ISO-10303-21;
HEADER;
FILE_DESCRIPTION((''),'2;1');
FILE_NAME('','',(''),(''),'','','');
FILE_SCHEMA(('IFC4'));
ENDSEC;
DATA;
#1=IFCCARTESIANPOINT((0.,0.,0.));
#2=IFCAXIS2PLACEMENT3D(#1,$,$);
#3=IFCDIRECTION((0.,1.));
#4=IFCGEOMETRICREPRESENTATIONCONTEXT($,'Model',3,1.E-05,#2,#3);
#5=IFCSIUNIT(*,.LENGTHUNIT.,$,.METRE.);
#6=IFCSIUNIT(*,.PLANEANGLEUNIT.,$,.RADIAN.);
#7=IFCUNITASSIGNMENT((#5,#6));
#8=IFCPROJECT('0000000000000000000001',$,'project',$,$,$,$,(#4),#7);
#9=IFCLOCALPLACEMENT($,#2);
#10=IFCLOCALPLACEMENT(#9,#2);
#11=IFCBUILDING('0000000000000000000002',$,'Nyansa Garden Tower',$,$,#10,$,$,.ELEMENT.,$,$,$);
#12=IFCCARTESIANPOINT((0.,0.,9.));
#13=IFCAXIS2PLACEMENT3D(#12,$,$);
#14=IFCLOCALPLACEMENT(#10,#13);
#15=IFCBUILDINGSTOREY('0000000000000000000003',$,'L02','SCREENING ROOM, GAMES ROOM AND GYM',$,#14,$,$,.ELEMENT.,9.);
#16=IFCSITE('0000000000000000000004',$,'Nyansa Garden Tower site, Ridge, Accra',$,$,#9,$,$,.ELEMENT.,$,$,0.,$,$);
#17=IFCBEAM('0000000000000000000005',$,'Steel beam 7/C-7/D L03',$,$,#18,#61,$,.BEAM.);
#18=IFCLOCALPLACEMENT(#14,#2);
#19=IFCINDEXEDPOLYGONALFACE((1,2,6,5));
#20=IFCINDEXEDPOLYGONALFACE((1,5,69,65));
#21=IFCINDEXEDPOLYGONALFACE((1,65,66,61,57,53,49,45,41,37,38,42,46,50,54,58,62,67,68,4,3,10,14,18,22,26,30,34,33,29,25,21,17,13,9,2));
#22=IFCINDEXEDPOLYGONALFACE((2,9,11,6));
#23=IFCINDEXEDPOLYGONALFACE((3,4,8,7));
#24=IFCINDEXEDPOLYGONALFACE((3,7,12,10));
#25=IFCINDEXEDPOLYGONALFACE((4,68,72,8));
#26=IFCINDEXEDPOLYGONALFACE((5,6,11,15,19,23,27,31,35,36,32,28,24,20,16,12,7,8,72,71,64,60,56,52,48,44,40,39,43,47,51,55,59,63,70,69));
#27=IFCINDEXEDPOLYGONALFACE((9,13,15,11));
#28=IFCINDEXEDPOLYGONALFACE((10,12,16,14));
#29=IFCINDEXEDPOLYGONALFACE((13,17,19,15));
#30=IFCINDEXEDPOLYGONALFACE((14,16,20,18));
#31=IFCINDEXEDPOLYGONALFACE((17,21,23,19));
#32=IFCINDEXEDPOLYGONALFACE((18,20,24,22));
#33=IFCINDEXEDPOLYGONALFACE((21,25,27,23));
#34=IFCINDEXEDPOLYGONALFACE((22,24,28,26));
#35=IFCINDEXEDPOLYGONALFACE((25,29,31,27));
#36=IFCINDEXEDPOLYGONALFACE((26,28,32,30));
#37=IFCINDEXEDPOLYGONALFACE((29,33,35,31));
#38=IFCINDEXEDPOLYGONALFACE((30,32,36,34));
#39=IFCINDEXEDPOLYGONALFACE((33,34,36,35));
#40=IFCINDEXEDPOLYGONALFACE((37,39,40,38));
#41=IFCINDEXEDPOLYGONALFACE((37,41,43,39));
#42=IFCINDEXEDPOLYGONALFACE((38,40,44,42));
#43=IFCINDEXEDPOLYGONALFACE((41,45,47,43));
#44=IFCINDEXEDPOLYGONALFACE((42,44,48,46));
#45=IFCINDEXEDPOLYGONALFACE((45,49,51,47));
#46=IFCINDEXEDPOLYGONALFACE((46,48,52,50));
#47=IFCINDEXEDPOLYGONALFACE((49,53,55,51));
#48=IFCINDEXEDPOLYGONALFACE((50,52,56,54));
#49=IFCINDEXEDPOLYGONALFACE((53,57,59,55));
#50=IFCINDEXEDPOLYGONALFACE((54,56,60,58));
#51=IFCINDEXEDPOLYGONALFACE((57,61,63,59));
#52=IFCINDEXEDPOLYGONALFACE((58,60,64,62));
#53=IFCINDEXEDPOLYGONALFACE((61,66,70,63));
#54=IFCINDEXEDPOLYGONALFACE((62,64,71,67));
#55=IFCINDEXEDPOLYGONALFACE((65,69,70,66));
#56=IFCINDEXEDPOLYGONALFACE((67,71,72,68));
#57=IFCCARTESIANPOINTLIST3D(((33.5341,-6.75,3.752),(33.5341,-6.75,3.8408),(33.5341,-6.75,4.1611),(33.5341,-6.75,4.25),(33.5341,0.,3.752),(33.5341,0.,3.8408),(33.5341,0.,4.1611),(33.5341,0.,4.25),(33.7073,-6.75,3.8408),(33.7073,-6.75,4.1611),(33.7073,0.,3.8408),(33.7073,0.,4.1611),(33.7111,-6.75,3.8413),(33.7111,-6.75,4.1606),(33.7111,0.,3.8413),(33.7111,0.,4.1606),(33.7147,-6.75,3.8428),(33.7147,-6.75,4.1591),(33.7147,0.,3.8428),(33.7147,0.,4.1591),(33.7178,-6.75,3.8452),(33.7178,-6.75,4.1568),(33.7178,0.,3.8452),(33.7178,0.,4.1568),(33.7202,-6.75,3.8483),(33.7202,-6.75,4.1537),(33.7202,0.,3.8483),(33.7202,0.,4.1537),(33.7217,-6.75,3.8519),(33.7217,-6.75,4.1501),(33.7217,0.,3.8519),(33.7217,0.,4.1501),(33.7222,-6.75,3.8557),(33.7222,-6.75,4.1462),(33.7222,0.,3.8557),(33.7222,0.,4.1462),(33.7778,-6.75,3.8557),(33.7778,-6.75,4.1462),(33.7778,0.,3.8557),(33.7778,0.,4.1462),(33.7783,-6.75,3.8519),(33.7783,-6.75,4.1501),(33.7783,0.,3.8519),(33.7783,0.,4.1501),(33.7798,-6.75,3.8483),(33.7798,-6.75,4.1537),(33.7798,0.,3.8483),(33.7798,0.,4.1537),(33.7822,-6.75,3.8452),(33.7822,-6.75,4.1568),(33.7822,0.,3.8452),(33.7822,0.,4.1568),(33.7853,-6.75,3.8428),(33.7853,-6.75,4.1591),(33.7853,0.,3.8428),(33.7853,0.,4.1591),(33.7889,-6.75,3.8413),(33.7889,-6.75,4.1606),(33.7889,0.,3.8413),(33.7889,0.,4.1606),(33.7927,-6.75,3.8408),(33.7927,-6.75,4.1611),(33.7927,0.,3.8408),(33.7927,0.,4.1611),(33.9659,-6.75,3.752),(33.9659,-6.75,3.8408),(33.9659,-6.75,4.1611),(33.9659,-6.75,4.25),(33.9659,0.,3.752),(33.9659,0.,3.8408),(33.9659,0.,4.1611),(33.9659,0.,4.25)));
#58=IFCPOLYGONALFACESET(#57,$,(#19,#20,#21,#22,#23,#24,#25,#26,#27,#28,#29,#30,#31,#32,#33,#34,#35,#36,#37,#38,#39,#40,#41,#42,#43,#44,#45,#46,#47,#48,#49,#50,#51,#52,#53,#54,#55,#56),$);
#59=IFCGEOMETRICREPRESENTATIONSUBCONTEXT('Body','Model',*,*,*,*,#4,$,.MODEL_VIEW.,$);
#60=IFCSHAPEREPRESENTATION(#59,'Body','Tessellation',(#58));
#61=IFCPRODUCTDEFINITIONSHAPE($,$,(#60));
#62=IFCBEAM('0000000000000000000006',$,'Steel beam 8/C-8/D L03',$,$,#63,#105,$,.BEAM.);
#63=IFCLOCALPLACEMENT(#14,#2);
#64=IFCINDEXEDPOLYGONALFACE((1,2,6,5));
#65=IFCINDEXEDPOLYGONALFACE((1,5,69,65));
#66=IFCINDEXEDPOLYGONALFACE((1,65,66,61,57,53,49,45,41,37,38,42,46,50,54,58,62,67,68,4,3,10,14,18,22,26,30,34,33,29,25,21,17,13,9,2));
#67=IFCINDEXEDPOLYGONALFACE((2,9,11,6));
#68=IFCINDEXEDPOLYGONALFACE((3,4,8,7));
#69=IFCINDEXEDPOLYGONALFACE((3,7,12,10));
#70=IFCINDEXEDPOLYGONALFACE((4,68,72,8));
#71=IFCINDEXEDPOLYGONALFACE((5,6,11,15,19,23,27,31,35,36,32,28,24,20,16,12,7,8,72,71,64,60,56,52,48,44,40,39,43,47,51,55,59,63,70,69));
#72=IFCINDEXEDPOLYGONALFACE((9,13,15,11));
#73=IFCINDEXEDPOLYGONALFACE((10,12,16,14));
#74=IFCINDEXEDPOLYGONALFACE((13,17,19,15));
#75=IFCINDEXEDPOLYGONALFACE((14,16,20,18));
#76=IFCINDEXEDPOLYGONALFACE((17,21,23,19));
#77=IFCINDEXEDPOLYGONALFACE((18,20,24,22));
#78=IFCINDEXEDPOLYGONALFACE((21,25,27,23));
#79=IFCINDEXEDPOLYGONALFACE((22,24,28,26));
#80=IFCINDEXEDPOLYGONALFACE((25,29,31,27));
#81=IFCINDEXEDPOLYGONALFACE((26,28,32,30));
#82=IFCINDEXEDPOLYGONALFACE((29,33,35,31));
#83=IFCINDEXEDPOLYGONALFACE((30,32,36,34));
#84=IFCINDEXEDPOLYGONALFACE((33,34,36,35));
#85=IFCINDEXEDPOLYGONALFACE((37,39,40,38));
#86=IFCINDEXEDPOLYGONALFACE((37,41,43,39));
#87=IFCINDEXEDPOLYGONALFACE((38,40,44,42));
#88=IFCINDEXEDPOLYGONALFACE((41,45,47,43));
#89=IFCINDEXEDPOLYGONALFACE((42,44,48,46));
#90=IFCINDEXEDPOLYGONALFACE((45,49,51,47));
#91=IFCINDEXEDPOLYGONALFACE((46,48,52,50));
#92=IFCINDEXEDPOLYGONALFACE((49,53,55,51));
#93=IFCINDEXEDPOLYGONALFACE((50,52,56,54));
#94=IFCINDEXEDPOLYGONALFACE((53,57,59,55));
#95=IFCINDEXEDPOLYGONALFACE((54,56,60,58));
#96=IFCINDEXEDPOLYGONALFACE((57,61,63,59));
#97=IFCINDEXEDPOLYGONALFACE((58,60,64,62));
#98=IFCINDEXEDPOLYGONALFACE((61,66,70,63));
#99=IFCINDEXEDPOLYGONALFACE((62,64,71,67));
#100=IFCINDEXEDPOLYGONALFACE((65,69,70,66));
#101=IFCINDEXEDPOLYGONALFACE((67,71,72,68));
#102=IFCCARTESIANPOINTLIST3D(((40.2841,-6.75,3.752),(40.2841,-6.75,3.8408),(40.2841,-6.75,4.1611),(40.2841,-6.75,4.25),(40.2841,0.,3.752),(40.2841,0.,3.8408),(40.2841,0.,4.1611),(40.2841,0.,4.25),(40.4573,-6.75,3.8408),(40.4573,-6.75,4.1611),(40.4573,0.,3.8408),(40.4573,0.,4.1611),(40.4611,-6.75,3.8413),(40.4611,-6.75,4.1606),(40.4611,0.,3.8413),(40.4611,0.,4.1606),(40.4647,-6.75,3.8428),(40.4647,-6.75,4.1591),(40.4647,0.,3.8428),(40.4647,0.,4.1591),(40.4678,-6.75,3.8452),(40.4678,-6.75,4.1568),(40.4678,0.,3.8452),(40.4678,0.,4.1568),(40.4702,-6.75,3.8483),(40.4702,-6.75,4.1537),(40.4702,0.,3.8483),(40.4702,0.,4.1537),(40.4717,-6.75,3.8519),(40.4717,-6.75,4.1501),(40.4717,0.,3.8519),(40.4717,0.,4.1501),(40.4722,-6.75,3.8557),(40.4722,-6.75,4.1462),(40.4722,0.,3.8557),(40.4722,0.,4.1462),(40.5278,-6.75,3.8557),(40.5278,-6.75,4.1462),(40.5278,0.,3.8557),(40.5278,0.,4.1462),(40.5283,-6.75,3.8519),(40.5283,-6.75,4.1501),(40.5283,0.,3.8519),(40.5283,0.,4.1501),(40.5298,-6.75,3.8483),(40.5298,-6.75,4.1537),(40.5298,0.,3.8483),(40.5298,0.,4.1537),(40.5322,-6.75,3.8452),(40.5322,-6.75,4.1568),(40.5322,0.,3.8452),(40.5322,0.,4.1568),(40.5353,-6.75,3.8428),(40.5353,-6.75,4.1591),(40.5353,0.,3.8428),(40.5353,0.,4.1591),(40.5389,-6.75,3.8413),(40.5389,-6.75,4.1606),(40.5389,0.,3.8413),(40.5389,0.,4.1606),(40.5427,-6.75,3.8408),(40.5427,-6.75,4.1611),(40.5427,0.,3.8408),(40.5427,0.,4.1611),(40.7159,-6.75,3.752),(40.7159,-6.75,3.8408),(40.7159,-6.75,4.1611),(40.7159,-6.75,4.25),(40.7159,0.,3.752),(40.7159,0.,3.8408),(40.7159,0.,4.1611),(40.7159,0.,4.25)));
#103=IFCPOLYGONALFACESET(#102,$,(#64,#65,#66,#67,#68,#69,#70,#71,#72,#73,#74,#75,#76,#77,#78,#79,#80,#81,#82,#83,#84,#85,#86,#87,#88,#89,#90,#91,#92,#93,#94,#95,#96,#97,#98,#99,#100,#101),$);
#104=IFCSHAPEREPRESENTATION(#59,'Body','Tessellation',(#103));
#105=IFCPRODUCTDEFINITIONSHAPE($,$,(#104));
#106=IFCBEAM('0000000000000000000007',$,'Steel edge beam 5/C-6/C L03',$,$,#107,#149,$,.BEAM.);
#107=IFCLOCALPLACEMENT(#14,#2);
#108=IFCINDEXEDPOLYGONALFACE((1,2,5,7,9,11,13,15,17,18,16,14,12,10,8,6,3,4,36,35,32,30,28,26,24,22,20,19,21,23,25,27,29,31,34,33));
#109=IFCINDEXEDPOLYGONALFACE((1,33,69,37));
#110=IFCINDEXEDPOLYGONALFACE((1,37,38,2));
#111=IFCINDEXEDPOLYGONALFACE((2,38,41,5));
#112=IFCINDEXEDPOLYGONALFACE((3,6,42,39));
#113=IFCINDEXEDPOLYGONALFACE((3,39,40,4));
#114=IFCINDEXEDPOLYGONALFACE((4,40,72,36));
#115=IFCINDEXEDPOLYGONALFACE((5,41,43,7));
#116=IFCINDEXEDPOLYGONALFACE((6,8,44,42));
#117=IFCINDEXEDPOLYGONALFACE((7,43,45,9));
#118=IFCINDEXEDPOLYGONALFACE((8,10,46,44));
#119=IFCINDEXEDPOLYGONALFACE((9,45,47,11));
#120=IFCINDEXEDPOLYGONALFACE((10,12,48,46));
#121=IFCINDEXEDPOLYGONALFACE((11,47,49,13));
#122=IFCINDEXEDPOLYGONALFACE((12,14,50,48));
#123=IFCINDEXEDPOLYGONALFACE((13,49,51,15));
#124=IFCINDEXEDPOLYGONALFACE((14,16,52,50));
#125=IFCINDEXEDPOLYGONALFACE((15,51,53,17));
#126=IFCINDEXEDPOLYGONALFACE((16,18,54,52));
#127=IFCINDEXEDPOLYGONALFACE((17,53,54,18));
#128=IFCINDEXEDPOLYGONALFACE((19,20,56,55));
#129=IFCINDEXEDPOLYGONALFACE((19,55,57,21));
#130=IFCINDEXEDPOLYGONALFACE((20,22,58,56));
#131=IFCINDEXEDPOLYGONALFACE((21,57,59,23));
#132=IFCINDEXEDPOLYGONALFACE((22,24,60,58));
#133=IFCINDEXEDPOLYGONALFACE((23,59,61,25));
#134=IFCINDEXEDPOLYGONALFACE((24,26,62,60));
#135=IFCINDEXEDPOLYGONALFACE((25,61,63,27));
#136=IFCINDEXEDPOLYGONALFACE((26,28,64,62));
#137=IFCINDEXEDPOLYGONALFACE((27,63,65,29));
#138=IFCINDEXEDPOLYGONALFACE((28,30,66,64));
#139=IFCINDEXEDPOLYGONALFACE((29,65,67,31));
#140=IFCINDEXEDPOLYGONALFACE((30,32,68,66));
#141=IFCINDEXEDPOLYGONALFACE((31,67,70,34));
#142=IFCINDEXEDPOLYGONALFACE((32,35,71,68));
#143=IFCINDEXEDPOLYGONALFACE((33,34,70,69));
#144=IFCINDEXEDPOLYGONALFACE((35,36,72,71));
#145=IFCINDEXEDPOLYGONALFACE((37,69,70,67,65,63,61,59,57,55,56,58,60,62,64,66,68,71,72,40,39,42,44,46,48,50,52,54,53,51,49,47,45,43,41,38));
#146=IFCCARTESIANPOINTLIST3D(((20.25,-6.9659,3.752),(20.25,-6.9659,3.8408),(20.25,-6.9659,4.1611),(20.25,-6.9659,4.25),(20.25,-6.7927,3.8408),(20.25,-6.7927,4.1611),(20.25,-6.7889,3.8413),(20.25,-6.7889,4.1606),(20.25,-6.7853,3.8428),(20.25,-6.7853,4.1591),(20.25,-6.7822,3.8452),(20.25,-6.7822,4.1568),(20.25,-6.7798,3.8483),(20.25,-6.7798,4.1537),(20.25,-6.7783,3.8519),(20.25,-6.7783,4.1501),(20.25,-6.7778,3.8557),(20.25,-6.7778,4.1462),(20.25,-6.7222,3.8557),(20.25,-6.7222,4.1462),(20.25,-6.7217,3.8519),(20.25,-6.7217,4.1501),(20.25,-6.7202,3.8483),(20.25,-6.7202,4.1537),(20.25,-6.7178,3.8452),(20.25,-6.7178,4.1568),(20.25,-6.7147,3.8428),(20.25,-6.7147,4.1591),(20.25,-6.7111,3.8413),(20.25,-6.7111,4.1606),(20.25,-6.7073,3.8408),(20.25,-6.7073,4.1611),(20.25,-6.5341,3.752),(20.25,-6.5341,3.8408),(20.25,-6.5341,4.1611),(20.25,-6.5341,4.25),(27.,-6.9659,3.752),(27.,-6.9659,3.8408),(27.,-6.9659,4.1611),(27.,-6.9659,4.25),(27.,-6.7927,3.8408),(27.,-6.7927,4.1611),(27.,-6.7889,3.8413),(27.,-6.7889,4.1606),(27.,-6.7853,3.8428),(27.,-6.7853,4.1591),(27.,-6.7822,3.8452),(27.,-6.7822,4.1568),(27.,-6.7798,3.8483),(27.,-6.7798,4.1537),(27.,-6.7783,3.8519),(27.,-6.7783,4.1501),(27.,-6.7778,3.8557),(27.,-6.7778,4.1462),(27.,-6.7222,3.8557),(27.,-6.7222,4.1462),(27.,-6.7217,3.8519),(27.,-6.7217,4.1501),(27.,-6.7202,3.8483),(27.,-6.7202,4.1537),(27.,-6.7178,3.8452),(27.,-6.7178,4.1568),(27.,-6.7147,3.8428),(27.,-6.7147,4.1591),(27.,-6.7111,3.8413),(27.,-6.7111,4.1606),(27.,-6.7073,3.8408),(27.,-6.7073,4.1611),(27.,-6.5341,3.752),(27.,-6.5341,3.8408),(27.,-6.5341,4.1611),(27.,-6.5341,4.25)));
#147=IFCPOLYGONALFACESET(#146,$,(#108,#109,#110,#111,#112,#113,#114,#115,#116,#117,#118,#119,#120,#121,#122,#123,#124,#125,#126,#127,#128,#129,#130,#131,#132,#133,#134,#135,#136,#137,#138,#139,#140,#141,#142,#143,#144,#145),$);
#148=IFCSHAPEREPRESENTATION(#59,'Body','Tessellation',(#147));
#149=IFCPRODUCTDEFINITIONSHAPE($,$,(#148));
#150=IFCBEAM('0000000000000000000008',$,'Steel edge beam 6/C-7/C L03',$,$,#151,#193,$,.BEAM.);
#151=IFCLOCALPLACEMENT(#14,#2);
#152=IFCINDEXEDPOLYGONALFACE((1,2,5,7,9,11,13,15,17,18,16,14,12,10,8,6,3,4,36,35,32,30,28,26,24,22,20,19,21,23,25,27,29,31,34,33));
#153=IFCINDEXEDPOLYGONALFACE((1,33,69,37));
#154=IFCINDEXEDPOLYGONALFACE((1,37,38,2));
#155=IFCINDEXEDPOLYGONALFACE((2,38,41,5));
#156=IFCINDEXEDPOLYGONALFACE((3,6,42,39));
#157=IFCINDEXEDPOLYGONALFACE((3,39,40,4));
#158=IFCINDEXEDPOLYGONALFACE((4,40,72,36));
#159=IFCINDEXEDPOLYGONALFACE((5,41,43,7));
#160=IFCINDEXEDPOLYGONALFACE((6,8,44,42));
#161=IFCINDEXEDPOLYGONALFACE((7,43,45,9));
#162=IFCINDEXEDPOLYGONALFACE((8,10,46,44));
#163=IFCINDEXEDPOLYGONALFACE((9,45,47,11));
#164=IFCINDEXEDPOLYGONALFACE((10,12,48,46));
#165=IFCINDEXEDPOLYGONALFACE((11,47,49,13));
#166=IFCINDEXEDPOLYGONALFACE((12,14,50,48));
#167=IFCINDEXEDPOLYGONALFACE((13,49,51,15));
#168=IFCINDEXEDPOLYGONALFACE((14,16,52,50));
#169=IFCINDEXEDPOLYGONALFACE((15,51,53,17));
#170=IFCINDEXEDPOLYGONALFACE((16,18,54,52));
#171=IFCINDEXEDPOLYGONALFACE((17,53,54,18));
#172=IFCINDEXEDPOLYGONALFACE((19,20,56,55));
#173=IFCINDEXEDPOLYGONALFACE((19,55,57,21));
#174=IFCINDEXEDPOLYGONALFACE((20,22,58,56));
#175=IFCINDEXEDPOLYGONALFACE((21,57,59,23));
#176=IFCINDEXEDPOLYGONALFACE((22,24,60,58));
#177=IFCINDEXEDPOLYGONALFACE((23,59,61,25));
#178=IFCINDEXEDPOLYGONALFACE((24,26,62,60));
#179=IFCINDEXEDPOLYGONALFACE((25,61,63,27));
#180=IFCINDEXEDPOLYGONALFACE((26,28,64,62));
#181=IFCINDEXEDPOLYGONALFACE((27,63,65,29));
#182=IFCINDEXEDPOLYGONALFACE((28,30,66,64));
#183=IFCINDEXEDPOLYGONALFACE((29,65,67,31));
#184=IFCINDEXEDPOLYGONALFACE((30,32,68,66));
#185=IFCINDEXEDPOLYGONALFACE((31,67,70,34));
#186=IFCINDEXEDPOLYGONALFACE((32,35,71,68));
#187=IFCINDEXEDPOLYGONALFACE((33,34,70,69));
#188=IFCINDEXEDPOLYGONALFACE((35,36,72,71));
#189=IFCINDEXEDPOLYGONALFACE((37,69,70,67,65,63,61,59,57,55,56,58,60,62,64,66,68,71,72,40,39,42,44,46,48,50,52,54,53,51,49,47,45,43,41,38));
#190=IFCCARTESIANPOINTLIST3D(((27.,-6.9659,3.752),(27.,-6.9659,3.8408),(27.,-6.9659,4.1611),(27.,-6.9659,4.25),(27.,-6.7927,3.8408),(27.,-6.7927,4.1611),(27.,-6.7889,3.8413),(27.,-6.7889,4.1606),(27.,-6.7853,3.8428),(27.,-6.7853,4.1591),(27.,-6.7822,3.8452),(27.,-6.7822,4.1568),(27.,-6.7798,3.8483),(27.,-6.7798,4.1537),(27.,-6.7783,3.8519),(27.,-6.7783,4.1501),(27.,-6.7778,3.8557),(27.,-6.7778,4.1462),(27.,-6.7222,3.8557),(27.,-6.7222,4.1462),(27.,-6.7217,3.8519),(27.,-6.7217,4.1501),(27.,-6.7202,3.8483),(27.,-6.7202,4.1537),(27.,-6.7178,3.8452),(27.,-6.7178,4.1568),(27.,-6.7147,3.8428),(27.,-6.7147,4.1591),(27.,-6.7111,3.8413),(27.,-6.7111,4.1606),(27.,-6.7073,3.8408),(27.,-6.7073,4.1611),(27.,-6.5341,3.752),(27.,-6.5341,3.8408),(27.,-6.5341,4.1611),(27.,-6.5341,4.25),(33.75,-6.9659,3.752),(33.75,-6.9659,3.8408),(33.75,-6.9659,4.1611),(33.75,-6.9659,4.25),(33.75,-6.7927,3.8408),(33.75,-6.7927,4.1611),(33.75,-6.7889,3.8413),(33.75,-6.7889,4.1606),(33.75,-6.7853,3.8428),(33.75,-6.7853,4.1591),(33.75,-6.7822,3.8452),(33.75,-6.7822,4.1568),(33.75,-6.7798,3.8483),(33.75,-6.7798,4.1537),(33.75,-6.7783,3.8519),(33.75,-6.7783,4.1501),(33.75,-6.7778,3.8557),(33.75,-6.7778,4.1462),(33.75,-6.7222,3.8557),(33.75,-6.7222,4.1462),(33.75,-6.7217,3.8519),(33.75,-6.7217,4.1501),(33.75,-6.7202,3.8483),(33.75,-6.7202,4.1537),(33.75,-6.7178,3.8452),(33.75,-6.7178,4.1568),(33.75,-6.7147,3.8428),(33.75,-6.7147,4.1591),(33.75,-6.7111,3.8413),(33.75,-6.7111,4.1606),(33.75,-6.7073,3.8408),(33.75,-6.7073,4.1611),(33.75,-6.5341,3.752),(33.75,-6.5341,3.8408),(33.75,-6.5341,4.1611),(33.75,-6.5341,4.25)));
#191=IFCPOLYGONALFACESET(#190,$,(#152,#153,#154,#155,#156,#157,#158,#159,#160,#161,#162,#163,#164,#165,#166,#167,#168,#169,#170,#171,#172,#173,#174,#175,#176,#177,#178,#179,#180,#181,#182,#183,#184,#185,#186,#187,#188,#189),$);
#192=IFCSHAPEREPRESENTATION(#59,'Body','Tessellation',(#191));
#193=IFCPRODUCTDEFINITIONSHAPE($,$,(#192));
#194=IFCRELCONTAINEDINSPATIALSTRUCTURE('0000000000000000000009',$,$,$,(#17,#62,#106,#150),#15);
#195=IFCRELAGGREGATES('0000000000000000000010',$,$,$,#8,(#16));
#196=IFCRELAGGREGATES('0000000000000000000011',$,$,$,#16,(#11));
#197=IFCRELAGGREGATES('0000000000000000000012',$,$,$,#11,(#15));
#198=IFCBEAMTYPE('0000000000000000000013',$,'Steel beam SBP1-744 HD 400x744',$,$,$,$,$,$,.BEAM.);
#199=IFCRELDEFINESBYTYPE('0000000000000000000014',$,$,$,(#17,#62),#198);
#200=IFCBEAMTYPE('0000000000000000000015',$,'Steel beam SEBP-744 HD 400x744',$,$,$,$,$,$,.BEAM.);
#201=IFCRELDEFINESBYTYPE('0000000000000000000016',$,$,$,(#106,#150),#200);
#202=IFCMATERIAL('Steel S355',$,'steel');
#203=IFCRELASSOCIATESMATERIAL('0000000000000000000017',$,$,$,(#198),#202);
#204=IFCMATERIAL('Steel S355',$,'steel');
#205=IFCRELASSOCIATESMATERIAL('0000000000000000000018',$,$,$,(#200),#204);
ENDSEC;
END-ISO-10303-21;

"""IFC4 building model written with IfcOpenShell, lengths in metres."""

from ifc_helpers import new_model, si_unit, direction, frame, origin, origin_2d, place, context, subcontext, project, spatial, i_section, extrude, material, material_profile, profile_set, type_object, element, save


model = new_model("IFC4")

# Units and contexts
model_context = context("Model", 3, precision=1e-05, world=origin(), true_north=direction((0.0, 1.0)))
body_context = subcontext(model_context, "Body", "Model", "MODEL_VIEW")
ifc_project = project(units=[si_unit("LENGTHUNIT", "METRE"), si_unit("PLANEANGLEUNIT", "RADIAN")], contexts=[model_context])

# Site, building, storey
site_placement = place(None, origin())
site = spatial("IfcSite", under=ifc_project, at=site_placement, Name="Nyansa Garden Tower site, Ridge, Accra", CompositionType="ELEMENT", RefElevation=0.0)
building_placement = place(site_placement, origin())
building = spatial("IfcBuilding", under=site, at=building_placement, Name="Nyansa Garden Tower", CompositionType="ELEMENT")
storey_placement = place(building_placement, frame((0.0, 0.0, 9.0)))
storey = spatial("IfcBuildingStorey", under=building, at=storey_placement, Name="L02", Description="SCREENING ROOM, GAMES ROOM AND GYM", CompositionType="ELEMENT", Elevation=9.0)

# Beams
ifc_material_1 = material(Name="Steel S355", Category="steel")
ifc_material_profile_1 = material_profile(ifc_material_1, i_section(OverallWidth=0.4319, OverallDepth=0.498, WebThickness=0.0557, FlangeThickness=0.0889, FilletRadius=0.0149, at=origin_2d()), Name="HD 400x744")
ifc_profile_set_1 = profile_set([ifc_material_profile_1], Name="Steel S355")
beam_type_1 = type_object("IfcBeamType", Name="Steel beam SBP1-744 HD 400x744", PredefinedType="BEAM", material=ifc_profile_set_1)
for number, where, z_axis, x_axis, name in (
    (1, (33.75, -6.75, 4.001), (0.0, 1.0, 0.0), (-1.0, 0.0, 0.0), "Steel beam 7/C-7/D L03"),
    (2, (40.5, -6.75, 4.001), (0.0, 1.0, 0.0), (-1.0, 0.0, 0.0), "Steel beam 8/C-8/D L03"),
):
    element("IfcBeam", number, at=place(storey_placement, frame(where, z_axis=z_axis, x_axis=x_axis)), inside=storey, type_object=beam_type_1, Name=name, PredefinedType="BEAM", context=body_context, shape_type="SweptSolid", body=[
        extrude(i_section(OverallWidth=0.4319, OverallDepth=0.498, WebThickness=0.0557, FlangeThickness=0.0889, FilletRadius=0.0149, at=origin_2d()), origin(), (0.0, 0.0, 1.0), 6.75),
    ])
ifc_material_2 = material(Name="Steel S355", Category="steel")
ifc_material_profile_2 = material_profile(ifc_material_2, i_section(OverallWidth=0.4319, OverallDepth=0.498, WebThickness=0.0557, FlangeThickness=0.0889, FilletRadius=0.0149, at=origin_2d()), Name="HD 400x744")
ifc_profile_set_2 = profile_set([ifc_material_profile_2], Name="Steel S355")
beam_type_2 = type_object("IfcBeamType", Name="Steel beam SEBP-744 HD 400x744", PredefinedType="BEAM", material=ifc_profile_set_2)
for number, where, z_axis, x_axis, name in (
    (3, (20.25, -6.75, 4.001), (1.0, 0.0, 0.0), (0.0, 1.0, 0.0), "Steel edge beam 5/C-6/C L03"),
    (4, (27.0, -6.75, 4.001), (1.0, 0.0, 0.0), (0.0, 1.0, 0.0), "Steel edge beam 6/C-7/C L03"),
):
    element("IfcBeam", number, at=place(storey_placement, frame(where, z_axis=z_axis, x_axis=x_axis)), inside=storey, type_object=beam_type_2, Name=name, PredefinedType="BEAM", context=body_context, shape_type="SweptSolid", body=[
        extrude(i_section(OverallWidth=0.4319, OverallDepth=0.498, WebThickness=0.0557, FlangeThickness=0.0889, FilletRadius=0.0149, at=origin_2d()), origin(), (0.0, 0.0, 1.0), 6.75),
    ])

save(model, "model.ifc")
